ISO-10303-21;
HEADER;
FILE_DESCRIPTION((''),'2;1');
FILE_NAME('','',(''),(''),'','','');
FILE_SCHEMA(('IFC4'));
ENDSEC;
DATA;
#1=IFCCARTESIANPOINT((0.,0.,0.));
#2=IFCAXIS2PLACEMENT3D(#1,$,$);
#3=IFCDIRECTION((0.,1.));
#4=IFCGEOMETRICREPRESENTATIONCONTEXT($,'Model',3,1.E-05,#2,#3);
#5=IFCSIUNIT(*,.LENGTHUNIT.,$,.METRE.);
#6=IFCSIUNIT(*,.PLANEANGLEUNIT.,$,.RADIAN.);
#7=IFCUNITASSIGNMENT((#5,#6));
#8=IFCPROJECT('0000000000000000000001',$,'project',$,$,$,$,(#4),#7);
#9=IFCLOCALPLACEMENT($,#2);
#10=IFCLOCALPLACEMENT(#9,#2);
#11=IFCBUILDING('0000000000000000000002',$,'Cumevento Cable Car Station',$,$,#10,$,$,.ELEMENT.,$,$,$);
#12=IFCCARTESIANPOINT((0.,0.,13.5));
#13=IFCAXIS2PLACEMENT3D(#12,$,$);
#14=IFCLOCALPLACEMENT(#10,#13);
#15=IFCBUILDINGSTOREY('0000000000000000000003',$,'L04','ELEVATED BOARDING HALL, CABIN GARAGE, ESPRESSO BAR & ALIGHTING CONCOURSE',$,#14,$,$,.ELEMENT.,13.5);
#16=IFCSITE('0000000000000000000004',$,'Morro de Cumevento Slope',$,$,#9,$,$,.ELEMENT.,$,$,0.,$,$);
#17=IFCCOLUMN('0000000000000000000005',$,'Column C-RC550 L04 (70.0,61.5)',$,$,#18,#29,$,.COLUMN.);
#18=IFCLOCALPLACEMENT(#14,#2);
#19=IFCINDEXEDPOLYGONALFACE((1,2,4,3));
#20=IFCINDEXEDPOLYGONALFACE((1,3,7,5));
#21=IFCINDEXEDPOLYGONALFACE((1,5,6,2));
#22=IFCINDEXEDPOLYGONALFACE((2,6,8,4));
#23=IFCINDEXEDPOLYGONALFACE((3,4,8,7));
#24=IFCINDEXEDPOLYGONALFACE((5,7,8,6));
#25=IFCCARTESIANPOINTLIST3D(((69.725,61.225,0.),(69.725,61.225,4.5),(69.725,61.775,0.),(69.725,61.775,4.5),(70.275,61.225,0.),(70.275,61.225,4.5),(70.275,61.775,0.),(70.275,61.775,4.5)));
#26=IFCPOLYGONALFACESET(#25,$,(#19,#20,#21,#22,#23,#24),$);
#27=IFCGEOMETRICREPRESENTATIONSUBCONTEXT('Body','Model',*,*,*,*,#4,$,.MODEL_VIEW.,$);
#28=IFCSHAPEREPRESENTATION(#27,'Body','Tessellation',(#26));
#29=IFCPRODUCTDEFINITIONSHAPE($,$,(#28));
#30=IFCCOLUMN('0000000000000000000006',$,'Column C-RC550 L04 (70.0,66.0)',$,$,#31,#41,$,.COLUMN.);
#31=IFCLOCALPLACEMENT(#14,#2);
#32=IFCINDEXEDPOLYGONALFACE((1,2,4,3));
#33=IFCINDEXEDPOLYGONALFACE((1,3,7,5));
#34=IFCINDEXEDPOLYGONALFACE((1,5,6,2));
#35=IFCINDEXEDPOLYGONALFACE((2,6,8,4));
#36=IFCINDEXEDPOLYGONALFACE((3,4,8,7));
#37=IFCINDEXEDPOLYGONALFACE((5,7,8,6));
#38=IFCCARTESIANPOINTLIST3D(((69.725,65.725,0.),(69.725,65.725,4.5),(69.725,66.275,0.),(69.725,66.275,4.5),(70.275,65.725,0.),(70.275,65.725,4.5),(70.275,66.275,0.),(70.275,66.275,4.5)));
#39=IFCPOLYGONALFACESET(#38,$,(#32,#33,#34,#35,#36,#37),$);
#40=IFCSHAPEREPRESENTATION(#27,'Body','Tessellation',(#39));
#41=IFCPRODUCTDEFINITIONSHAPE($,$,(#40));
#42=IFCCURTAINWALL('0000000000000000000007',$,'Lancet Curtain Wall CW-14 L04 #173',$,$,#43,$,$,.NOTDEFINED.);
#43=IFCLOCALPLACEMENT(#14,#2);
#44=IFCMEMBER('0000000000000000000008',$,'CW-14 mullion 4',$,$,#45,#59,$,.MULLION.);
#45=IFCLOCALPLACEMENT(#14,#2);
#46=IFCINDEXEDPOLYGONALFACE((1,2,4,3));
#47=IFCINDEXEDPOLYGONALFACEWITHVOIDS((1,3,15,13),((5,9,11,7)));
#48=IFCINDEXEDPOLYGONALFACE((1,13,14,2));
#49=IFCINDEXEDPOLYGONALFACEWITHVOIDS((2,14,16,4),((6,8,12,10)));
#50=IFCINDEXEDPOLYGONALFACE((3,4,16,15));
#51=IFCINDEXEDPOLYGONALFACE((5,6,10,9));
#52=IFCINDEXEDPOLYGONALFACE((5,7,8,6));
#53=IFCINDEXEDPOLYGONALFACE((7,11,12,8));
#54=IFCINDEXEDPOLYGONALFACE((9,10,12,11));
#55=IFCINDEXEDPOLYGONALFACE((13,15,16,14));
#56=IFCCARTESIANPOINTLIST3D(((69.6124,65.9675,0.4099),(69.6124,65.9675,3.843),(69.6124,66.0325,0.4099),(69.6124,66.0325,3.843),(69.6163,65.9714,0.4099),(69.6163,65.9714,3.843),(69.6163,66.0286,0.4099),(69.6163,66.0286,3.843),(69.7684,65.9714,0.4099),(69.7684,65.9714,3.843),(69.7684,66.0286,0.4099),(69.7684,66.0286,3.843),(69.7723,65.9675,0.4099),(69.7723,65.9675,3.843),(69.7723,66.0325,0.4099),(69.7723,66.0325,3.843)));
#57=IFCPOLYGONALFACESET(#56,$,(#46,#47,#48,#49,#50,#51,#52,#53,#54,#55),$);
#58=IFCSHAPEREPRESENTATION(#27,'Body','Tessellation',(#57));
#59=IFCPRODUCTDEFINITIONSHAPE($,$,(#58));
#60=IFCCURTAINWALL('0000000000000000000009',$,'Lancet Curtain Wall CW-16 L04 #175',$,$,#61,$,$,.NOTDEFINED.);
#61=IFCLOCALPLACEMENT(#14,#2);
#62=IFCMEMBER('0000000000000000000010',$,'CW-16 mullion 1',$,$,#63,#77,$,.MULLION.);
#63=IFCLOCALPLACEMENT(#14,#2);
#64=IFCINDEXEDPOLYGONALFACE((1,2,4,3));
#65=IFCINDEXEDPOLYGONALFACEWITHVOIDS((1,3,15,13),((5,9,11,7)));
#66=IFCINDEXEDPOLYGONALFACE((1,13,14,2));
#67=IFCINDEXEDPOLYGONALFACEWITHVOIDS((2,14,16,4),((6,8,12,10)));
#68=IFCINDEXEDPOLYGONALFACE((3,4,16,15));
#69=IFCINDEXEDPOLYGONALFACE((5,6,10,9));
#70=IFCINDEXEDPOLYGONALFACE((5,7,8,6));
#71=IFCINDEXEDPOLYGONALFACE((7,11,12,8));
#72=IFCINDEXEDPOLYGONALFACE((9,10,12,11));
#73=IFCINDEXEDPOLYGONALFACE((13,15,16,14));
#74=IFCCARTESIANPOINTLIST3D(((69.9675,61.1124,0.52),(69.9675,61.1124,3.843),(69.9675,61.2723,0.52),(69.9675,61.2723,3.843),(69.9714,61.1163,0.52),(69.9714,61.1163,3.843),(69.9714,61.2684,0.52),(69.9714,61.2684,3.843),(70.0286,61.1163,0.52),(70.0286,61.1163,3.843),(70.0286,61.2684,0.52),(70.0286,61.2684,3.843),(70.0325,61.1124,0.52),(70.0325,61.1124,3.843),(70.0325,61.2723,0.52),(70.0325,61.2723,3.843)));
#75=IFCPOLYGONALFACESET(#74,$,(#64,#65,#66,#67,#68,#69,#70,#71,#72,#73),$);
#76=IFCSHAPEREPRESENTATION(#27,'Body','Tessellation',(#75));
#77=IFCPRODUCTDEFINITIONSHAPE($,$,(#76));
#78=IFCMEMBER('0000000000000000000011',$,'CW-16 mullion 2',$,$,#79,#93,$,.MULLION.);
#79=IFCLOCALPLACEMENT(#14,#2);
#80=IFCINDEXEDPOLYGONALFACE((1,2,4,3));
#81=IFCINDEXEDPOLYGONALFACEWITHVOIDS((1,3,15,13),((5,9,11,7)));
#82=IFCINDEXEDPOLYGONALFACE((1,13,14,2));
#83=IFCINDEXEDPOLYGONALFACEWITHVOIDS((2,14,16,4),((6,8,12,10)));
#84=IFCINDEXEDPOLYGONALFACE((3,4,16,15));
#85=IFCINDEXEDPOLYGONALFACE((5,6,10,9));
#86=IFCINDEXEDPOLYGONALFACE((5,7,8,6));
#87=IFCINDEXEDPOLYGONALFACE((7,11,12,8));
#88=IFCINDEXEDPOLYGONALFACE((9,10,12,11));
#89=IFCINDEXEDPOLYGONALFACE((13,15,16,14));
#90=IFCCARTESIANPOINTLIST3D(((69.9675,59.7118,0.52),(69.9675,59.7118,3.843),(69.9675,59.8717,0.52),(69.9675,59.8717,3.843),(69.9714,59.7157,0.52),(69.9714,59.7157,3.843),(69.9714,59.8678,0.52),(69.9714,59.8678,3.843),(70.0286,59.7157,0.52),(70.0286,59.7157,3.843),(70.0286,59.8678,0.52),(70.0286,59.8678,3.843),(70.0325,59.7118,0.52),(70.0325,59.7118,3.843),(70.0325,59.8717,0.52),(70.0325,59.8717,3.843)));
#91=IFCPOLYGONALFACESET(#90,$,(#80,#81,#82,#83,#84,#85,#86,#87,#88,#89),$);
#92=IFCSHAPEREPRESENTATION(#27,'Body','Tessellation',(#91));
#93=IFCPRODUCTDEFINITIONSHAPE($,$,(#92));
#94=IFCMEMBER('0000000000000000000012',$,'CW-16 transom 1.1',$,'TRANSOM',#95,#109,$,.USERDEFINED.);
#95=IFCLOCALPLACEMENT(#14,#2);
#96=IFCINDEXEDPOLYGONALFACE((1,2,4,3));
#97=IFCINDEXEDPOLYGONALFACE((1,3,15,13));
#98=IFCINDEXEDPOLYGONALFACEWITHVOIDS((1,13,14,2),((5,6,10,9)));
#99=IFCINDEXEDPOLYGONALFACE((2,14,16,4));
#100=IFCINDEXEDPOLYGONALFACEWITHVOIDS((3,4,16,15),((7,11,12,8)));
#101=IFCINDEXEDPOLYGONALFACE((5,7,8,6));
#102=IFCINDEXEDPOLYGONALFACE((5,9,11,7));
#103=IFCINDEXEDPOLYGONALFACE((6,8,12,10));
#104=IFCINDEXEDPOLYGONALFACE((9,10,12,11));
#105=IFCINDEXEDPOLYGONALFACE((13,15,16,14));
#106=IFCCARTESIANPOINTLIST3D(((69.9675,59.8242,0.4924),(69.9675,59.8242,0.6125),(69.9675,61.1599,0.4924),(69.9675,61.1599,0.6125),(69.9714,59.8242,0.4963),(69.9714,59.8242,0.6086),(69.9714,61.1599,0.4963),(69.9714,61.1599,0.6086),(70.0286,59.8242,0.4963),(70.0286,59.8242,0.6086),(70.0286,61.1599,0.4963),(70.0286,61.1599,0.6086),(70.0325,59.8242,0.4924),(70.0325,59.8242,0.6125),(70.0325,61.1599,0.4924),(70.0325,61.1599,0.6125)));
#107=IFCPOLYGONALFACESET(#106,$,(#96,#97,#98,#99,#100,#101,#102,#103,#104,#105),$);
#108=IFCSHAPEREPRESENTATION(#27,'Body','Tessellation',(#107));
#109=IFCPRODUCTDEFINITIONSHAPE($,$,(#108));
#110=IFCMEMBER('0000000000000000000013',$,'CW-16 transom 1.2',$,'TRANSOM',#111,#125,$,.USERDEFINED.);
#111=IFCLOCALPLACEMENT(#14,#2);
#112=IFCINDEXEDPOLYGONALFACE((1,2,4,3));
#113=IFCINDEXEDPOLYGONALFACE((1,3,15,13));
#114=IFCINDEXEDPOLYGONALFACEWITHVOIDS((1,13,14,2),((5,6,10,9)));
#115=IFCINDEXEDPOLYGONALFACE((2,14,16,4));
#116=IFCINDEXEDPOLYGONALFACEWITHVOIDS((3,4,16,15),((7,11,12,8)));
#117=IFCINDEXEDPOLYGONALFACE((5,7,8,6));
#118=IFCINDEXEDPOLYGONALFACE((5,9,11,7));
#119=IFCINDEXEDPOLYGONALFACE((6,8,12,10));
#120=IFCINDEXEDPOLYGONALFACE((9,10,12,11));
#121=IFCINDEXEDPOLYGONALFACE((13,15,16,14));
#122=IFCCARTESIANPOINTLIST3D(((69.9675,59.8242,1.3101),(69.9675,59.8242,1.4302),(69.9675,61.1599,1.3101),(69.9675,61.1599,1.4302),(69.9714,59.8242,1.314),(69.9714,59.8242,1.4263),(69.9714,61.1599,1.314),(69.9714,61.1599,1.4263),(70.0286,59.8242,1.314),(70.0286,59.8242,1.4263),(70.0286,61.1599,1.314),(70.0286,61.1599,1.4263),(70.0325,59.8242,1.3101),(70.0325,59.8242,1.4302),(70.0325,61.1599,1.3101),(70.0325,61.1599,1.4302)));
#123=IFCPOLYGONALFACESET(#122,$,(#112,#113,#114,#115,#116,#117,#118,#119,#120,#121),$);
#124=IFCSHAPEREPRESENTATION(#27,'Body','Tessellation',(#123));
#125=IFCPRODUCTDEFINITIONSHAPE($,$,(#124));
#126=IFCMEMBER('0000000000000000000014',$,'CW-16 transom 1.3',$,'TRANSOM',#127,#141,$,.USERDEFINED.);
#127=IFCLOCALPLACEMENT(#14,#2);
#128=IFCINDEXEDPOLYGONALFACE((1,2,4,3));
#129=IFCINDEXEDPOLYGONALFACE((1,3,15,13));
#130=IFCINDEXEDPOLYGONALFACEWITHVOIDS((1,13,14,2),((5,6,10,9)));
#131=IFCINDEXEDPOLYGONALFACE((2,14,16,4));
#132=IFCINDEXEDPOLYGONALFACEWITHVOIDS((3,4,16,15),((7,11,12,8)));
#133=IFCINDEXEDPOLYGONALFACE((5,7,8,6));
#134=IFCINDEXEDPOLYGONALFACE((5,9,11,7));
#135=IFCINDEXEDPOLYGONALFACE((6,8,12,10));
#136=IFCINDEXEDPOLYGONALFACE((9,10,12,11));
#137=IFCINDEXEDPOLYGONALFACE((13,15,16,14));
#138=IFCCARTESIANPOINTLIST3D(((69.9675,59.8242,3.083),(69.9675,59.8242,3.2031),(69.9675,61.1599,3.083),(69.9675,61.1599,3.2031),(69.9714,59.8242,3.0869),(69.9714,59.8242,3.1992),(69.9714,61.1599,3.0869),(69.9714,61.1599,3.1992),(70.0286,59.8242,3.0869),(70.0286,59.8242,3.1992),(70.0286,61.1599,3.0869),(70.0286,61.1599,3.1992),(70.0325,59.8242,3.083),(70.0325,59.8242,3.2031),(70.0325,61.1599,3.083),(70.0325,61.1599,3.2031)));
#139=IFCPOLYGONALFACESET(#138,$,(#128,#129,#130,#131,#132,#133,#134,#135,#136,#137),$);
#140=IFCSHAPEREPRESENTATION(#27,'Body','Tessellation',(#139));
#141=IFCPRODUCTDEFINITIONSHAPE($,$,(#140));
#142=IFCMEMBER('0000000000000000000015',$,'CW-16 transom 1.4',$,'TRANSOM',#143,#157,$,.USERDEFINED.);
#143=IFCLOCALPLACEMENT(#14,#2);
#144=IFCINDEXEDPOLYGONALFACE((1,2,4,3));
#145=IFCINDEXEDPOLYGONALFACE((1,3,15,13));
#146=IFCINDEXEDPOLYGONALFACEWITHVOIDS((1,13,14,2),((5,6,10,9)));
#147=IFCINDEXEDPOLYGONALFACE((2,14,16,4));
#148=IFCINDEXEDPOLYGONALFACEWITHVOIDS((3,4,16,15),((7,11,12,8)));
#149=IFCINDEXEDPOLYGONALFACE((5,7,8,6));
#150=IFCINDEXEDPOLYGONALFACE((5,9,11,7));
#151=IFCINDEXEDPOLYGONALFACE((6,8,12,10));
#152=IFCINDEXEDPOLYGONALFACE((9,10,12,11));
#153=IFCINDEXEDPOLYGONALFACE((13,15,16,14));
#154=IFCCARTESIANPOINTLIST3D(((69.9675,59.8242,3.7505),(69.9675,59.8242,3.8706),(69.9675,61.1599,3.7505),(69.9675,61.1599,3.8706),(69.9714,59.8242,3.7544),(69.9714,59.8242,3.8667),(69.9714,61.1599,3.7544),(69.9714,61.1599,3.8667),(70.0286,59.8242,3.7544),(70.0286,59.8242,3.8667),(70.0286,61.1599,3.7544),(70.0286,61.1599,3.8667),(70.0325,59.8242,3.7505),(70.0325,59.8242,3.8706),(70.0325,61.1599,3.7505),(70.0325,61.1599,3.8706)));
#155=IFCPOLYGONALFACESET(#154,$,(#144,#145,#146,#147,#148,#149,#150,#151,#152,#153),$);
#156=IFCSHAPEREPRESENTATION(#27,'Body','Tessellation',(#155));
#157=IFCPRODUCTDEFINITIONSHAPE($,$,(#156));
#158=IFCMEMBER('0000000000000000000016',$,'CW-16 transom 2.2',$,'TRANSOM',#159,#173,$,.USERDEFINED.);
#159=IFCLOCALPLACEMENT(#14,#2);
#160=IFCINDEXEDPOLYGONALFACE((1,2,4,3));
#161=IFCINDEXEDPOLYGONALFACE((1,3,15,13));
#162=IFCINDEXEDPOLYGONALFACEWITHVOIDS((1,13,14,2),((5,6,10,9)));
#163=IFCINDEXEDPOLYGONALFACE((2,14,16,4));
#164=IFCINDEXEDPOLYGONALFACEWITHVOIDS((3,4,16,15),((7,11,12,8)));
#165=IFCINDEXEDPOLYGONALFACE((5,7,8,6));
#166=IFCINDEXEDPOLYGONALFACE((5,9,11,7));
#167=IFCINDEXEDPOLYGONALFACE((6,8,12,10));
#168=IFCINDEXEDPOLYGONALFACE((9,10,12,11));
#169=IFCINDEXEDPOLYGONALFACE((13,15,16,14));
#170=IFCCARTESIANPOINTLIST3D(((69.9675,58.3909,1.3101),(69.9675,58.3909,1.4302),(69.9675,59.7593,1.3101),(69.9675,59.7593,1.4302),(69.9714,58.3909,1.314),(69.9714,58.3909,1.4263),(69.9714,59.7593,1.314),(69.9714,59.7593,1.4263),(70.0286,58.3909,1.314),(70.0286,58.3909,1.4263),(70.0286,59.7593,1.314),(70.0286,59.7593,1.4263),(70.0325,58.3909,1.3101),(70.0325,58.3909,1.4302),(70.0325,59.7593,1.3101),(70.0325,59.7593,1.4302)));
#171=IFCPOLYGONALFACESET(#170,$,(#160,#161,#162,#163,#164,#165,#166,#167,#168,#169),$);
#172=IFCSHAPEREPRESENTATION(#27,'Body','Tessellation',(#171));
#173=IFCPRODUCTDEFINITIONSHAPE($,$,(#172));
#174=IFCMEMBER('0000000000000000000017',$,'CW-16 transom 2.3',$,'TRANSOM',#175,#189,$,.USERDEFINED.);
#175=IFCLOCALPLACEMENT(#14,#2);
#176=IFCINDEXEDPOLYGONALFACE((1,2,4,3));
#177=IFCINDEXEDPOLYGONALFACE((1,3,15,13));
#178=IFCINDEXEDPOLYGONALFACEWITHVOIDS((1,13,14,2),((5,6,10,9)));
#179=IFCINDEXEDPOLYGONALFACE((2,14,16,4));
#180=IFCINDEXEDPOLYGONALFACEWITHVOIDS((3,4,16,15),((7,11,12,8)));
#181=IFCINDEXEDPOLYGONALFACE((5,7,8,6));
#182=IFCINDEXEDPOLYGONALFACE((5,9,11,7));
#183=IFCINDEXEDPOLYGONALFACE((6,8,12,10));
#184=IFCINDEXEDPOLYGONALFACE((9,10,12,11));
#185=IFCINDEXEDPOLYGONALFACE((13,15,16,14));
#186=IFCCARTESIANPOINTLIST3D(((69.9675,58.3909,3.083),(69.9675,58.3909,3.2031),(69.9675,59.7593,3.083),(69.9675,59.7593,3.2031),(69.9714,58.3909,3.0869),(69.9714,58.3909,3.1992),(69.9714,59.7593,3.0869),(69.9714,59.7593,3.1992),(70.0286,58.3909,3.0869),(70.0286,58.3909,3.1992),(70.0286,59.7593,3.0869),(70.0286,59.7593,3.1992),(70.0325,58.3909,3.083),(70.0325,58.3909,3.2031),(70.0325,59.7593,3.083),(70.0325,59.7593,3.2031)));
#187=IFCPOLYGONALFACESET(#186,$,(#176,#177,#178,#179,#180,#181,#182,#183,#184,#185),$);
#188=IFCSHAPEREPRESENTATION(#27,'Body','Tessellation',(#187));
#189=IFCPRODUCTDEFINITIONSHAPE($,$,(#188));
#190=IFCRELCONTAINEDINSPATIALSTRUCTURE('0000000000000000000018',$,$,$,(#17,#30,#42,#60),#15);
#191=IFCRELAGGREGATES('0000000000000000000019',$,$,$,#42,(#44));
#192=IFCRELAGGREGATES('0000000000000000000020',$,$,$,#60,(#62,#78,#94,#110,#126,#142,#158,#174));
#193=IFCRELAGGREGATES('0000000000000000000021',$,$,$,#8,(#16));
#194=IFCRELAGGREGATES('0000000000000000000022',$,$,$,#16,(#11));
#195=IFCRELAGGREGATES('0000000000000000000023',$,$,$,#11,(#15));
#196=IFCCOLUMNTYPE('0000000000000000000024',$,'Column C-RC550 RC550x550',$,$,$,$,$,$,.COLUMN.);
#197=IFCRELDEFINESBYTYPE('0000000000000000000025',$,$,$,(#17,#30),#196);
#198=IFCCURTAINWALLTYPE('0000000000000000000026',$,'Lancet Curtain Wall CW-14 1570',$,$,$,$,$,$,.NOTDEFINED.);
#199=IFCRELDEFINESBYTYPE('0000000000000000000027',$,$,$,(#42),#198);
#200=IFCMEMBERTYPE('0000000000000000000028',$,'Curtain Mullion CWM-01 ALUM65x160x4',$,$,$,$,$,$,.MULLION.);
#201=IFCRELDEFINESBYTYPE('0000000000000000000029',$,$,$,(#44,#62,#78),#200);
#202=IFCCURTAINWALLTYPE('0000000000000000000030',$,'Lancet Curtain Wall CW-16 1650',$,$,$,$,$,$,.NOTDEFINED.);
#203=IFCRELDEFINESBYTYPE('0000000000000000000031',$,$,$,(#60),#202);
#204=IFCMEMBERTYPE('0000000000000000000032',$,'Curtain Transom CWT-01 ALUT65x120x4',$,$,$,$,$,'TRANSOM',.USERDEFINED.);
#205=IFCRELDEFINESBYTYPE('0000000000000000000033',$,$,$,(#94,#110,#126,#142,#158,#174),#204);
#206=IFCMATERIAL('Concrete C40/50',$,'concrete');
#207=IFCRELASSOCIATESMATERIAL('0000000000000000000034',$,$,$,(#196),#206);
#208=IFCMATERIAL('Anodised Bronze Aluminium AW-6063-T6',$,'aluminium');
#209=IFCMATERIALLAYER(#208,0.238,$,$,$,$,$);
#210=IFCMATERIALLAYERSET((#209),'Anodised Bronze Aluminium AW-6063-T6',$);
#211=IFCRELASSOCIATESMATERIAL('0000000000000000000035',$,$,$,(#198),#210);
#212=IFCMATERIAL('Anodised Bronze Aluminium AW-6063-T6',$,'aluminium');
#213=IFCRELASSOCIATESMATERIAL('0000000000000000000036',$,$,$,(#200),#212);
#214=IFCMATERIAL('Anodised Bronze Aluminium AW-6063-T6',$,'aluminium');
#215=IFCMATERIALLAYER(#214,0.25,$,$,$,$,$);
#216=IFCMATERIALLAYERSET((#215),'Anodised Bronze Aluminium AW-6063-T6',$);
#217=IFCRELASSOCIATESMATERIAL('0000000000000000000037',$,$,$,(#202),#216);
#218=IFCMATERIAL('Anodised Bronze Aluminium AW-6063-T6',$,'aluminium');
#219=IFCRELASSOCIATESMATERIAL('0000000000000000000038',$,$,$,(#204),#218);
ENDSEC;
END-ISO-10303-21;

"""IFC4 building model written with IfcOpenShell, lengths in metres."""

from ifc_helpers import new_model, si_unit, direction, frame, origin, origin_2d, place, context, subcontext, project, spatial, rectangle, hollow_rectangle, extrude, material, layer, layer_set, material_profile, profile_set, type_object, element, aggregate, save


model = new_model("IFC4")

# Units and contexts
model_context = context("Model", 3, precision=1e-05, world=origin(), true_north=direction((0.0, 1.0)))
body_context = subcontext(model_context, "Body", "Model", "MODEL_VIEW")
ifc_project = project(units=[si_unit("LENGTHUNIT", "METRE"), si_unit("PLANEANGLEUNIT", "RADIAN")], contexts=[model_context])

# Site, building, storey
site_placement = place(None, origin())
site = spatial("IfcSite", under=ifc_project, at=site_placement, Name="Morro de Cumevento Slope", CompositionType="ELEMENT", RefElevation=0.0)
building_placement = place(site_placement, origin())
building = spatial("IfcBuilding", under=site, at=building_placement, Name="Cumevento Cable Car Station", CompositionType="ELEMENT")
storey_placement = place(building_placement, frame((0.0, 0.0, 13.5)))
storey = spatial("IfcBuildingStorey", under=building, at=storey_placement, Name="L04", Description="ELEVATED BOARDING HALL, CABIN GARAGE, ESPRESSO BAR & ALIGHTING CONCOURSE", CompositionType="ELEMENT", Elevation=13.5)

# Columns
ifc_material_1 = material(Name="Concrete C40/50", Category="concrete")
ifc_material_profile_1 = material_profile(ifc_material_1, rectangle(XDim=0.55, YDim=0.55, at=origin_2d()), Name="RC550x550")
ifc_profile_set_1 = profile_set([ifc_material_profile_1], Name="Concrete C40/50")
column_type = type_object("IfcColumnType", Name="Column C-RC550 RC550x550", PredefinedType="COLUMN", material=ifc_profile_set_1)
for number, where, z_axis, x_axis, name in (
    (1, (70.0, 61.5, 0.0), (0.0, 0.0, 1.0), (1.0, 0.0, 0.0), "Column C-RC550 L04 (70.0,61.5)"),
    (2, (70.0, 66.0, 0.0), (0.0, 0.0, 1.0), (1.0, 0.0, 0.0), "Column C-RC550 L04 (70.0,66.0)"),
):
    element("IfcColumn", number, at=place(storey_placement, frame(where, z_axis=z_axis, x_axis=x_axis)), inside=storey, type_object=column_type, Name=name, PredefinedType="COLUMN", context=body_context, shape_type="SweptSolid", body=[
        extrude(rectangle(XDim=0.55, YDim=0.55, at=origin_2d()), origin(), (0.0, 0.0, 1.0), 4.5),
    ])

# Curtain wall, member
ifc_material_2 = material(Name="Anodised Bronze Aluminium AW-6063-T6", Category="aluminium")
ifc_layer_1 = layer(ifc_material_2, 0.238)
ifc_layer_set_1 = layer_set([ifc_layer_1], Name="Anodised Bronze Aluminium AW-6063-T6")
curtain_wall_type_1 = type_object("IfcCurtainWallType", Name="Lancet Curtain Wall CW-14 1570", PredefinedType="NOTDEFINED", material=ifc_layer_set_1)
curtain_wall_1_placement = place(storey_placement, origin())
curtain_wall_1 = element("IfcCurtainWall", 3, at=curtain_wall_1_placement, inside=storey, type_object=curtain_wall_type_1, Name="Lancet Curtain Wall CW-14 L04 #173", PredefinedType="NOTDEFINED")
ifc_material_3 = material(Name="Anodised Bronze Aluminium AW-6063-T6", Category="aluminium")
ifc_material_profile_2 = material_profile(ifc_material_3, hollow_rectangle(XDim=0.0649, YDim=0.1599, WallThickness=0.0039, at=origin_2d()), Name="ALUM65x160x4")
ifc_profile_set_2 = profile_set([ifc_material_profile_2], Name="Anodised Bronze Aluminium AW-6063-T6")
member_type_1 = type_object("IfcMemberType", Name="Curtain Mullion CWM-01 ALUM65x160x4", PredefinedType="MULLION", material=ifc_profile_set_2)
member_1_placement = place(storey_placement, frame((69.6924, 66.0, 0.4099), z_axis=(0.0, 0.0, 1.0), x_axis=(0.0, 1.0, 0.0)))
member_1 = element("IfcMember", 4, at=member_1_placement, type_object=member_type_1, Name="CW-14 mullion 4", PredefinedType="MULLION", context=body_context, shape_type="SweptSolid", body=[
    extrude(hollow_rectangle(XDim=0.0649, YDim=0.1599, WallThickness=0.0039, at=origin_2d()), origin(), (0.0, 0.0, 1.0), 3.4331),
])
aggregate(curtain_wall_1, [member_1])

# Curtain wall, members
ifc_material_4 = material(Name="Anodised Bronze Aluminium AW-6063-T6", Category="aluminium")
ifc_layer_2 = layer(ifc_material_4, 0.25)
ifc_layer_set_2 = layer_set([ifc_layer_2], Name="Anodised Bronze Aluminium AW-6063-T6")
curtain_wall_type_2 = type_object("IfcCurtainWallType", Name="Lancet Curtain Wall CW-16 1650", PredefinedType="NOTDEFINED", material=ifc_layer_set_2)
curtain_wall_2_placement = place(storey_placement, origin())
curtain_wall_2 = element("IfcCurtainWall", 5, at=curtain_wall_2_placement, inside=storey, type_object=curtain_wall_type_2, Name="Lancet Curtain Wall CW-16 L04 #175", PredefinedType="NOTDEFINED")
member_2_placement = place(storey_placement, frame((70.0, 61.1924, 0.52), z_axis=(0.0, 0.0, 1.0), x_axis=(1.0, 0.0, 0.0)))
member_2 = element("IfcMember", 6, at=member_2_placement, type_object=member_type_1, Name="CW-16 mullion 1", PredefinedType="MULLION", context=body_context, shape_type="SweptSolid", body=[
    extrude(hollow_rectangle(XDim=0.0649, YDim=0.1599, WallThickness=0.0039, at=origin_2d()), origin(), (0.0, 0.0, 1.0), 3.323),
])
member_3_placement = place(storey_placement, frame((70.0, 59.7917, 0.52), z_axis=(0.0, 0.0, 1.0), x_axis=(1.0, 0.0, 0.0)))
member_3 = element("IfcMember", 7, at=member_3_placement, type_object=member_type_1, Name="CW-16 mullion 2", PredefinedType="MULLION", context=body_context, shape_type="SweptSolid", body=[
    extrude(hollow_rectangle(XDim=0.0649, YDim=0.1599, WallThickness=0.0039, at=origin_2d()), origin(), (0.0, 0.0, 1.0), 3.323),
])
ifc_material_5 = material(Name="Anodised Bronze Aluminium AW-6063-T6", Category="aluminium")
ifc_material_profile_3 = material_profile(ifc_material_5, hollow_rectangle(XDim=0.0649, YDim=0.1201, WallThickness=0.0039, at=origin_2d()), Name="ALUT65x120x4")
ifc_profile_set_3 = profile_set([ifc_material_profile_3], Name="Anodised Bronze Aluminium AW-6063-T6")
member_type_2 = type_object("IfcMemberType", Name="Curtain Transom CWT-01 ALUT65x120x4", ElementType="TRANSOM", PredefinedType="USERDEFINED", material=ifc_profile_set_3)
member_4_placement = place(storey_placement, frame((70.0, 61.1599, 0.5525), z_axis=(0.0, -1.0, 0.0), x_axis=(1.0, 0.0, 0.0)))
member_4 = element("IfcMember", 8, at=member_4_placement, type_object=member_type_2, Name="CW-16 transom 1.1", ObjectType="TRANSOM", PredefinedType="USERDEFINED", context=body_context, shape_type="SweptSolid", body=[
    extrude(hollow_rectangle(XDim=0.0649, YDim=0.1201, WallThickness=0.0039, at=origin_2d()), origin(), (0.0, 0.0, 1.0), 1.3357),
])
member_5_placement = place(storey_placement, frame((70.0, 61.1599, 1.3701), z_axis=(0.0, -1.0, 0.0), x_axis=(1.0, 0.0, 0.0)))
member_5 = element("IfcMember", 9, at=member_5_placement, type_object=member_type_2, Name="CW-16 transom 1.2", ObjectType="TRANSOM", PredefinedType="USERDEFINED", context=body_context, shape_type="SweptSolid", body=[
    extrude(hollow_rectangle(XDim=0.0649, YDim=0.1201, WallThickness=0.0039, at=origin_2d()), origin(), (0.0, 0.0, 1.0), 1.3357),
])
member_6_placement = place(storey_placement, frame((70.0, 61.1599, 3.1431), z_axis=(0.0, -1.0, 0.0), x_axis=(1.0, 0.0, 0.0)))
member_6 = element("IfcMember", 10, at=member_6_placement, type_object=member_type_2, Name="CW-16 transom 1.3", ObjectType="TRANSOM", PredefinedType="USERDEFINED", context=body_context, shape_type="SweptSolid", body=[
    extrude(hollow_rectangle(XDim=0.0649, YDim=0.1201, WallThickness=0.0039, at=origin_2d()), origin(), (0.0, 0.0, 1.0), 1.3357),
])
member_7_placement = place(storey_placement, frame((70.0, 61.1599, 3.8105), z_axis=(0.0, -1.0, 0.0), x_axis=(1.0, 0.0, 0.0)))
member_7 = element("IfcMember", 11, at=member_7_placement, type_object=member_type_2, Name="CW-16 transom 1.4", ObjectType="TRANSOM", PredefinedType="USERDEFINED", context=body_context, shape_type="SweptSolid", body=[
    extrude(hollow_rectangle(XDim=0.0649, YDim=0.1201, WallThickness=0.0039, at=origin_2d()), origin(), (0.0, 0.0, 1.0), 1.3357),
])
member_8_placement = place(storey_placement, frame((70.0, 59.7593, 1.3701), z_axis=(0.0, -1.0, 0.0), x_axis=(1.0, 0.0, 0.0)))
member_8 = element("IfcMember", 12, at=member_8_placement, type_object=member_type_2, Name="CW-16 transom 2.2", ObjectType="TRANSOM", PredefinedType="USERDEFINED", context=body_context, shape_type="SweptSolid", body=[
    extrude(hollow_rectangle(XDim=0.0649, YDim=0.1201, WallThickness=0.0039, at=origin_2d()), origin(), (0.0, 0.0, 1.0), 1.3684),
])
member_9_placement = place(storey_placement, frame((70.0, 59.7593, 3.1431), z_axis=(0.0, -1.0, 0.0), x_axis=(1.0, 0.0, 0.0)))
member_9 = element("IfcMember", 13, at=member_9_placement, type_object=member_type_2, Name="CW-16 transom 2.3", ObjectType="TRANSOM", PredefinedType="USERDEFINED", context=body_context, shape_type="SweptSolid", body=[
    extrude(hollow_rectangle(XDim=0.0649, YDim=0.1201, WallThickness=0.0039, at=origin_2d()), origin(), (0.0, 0.0, 1.0), 1.3684),
])

aggregate(curtain_wall_2, [member_2, member_3, member_4, member_5, member_6, member_7, member_8, member_9])

save(model, "model.ifc")
